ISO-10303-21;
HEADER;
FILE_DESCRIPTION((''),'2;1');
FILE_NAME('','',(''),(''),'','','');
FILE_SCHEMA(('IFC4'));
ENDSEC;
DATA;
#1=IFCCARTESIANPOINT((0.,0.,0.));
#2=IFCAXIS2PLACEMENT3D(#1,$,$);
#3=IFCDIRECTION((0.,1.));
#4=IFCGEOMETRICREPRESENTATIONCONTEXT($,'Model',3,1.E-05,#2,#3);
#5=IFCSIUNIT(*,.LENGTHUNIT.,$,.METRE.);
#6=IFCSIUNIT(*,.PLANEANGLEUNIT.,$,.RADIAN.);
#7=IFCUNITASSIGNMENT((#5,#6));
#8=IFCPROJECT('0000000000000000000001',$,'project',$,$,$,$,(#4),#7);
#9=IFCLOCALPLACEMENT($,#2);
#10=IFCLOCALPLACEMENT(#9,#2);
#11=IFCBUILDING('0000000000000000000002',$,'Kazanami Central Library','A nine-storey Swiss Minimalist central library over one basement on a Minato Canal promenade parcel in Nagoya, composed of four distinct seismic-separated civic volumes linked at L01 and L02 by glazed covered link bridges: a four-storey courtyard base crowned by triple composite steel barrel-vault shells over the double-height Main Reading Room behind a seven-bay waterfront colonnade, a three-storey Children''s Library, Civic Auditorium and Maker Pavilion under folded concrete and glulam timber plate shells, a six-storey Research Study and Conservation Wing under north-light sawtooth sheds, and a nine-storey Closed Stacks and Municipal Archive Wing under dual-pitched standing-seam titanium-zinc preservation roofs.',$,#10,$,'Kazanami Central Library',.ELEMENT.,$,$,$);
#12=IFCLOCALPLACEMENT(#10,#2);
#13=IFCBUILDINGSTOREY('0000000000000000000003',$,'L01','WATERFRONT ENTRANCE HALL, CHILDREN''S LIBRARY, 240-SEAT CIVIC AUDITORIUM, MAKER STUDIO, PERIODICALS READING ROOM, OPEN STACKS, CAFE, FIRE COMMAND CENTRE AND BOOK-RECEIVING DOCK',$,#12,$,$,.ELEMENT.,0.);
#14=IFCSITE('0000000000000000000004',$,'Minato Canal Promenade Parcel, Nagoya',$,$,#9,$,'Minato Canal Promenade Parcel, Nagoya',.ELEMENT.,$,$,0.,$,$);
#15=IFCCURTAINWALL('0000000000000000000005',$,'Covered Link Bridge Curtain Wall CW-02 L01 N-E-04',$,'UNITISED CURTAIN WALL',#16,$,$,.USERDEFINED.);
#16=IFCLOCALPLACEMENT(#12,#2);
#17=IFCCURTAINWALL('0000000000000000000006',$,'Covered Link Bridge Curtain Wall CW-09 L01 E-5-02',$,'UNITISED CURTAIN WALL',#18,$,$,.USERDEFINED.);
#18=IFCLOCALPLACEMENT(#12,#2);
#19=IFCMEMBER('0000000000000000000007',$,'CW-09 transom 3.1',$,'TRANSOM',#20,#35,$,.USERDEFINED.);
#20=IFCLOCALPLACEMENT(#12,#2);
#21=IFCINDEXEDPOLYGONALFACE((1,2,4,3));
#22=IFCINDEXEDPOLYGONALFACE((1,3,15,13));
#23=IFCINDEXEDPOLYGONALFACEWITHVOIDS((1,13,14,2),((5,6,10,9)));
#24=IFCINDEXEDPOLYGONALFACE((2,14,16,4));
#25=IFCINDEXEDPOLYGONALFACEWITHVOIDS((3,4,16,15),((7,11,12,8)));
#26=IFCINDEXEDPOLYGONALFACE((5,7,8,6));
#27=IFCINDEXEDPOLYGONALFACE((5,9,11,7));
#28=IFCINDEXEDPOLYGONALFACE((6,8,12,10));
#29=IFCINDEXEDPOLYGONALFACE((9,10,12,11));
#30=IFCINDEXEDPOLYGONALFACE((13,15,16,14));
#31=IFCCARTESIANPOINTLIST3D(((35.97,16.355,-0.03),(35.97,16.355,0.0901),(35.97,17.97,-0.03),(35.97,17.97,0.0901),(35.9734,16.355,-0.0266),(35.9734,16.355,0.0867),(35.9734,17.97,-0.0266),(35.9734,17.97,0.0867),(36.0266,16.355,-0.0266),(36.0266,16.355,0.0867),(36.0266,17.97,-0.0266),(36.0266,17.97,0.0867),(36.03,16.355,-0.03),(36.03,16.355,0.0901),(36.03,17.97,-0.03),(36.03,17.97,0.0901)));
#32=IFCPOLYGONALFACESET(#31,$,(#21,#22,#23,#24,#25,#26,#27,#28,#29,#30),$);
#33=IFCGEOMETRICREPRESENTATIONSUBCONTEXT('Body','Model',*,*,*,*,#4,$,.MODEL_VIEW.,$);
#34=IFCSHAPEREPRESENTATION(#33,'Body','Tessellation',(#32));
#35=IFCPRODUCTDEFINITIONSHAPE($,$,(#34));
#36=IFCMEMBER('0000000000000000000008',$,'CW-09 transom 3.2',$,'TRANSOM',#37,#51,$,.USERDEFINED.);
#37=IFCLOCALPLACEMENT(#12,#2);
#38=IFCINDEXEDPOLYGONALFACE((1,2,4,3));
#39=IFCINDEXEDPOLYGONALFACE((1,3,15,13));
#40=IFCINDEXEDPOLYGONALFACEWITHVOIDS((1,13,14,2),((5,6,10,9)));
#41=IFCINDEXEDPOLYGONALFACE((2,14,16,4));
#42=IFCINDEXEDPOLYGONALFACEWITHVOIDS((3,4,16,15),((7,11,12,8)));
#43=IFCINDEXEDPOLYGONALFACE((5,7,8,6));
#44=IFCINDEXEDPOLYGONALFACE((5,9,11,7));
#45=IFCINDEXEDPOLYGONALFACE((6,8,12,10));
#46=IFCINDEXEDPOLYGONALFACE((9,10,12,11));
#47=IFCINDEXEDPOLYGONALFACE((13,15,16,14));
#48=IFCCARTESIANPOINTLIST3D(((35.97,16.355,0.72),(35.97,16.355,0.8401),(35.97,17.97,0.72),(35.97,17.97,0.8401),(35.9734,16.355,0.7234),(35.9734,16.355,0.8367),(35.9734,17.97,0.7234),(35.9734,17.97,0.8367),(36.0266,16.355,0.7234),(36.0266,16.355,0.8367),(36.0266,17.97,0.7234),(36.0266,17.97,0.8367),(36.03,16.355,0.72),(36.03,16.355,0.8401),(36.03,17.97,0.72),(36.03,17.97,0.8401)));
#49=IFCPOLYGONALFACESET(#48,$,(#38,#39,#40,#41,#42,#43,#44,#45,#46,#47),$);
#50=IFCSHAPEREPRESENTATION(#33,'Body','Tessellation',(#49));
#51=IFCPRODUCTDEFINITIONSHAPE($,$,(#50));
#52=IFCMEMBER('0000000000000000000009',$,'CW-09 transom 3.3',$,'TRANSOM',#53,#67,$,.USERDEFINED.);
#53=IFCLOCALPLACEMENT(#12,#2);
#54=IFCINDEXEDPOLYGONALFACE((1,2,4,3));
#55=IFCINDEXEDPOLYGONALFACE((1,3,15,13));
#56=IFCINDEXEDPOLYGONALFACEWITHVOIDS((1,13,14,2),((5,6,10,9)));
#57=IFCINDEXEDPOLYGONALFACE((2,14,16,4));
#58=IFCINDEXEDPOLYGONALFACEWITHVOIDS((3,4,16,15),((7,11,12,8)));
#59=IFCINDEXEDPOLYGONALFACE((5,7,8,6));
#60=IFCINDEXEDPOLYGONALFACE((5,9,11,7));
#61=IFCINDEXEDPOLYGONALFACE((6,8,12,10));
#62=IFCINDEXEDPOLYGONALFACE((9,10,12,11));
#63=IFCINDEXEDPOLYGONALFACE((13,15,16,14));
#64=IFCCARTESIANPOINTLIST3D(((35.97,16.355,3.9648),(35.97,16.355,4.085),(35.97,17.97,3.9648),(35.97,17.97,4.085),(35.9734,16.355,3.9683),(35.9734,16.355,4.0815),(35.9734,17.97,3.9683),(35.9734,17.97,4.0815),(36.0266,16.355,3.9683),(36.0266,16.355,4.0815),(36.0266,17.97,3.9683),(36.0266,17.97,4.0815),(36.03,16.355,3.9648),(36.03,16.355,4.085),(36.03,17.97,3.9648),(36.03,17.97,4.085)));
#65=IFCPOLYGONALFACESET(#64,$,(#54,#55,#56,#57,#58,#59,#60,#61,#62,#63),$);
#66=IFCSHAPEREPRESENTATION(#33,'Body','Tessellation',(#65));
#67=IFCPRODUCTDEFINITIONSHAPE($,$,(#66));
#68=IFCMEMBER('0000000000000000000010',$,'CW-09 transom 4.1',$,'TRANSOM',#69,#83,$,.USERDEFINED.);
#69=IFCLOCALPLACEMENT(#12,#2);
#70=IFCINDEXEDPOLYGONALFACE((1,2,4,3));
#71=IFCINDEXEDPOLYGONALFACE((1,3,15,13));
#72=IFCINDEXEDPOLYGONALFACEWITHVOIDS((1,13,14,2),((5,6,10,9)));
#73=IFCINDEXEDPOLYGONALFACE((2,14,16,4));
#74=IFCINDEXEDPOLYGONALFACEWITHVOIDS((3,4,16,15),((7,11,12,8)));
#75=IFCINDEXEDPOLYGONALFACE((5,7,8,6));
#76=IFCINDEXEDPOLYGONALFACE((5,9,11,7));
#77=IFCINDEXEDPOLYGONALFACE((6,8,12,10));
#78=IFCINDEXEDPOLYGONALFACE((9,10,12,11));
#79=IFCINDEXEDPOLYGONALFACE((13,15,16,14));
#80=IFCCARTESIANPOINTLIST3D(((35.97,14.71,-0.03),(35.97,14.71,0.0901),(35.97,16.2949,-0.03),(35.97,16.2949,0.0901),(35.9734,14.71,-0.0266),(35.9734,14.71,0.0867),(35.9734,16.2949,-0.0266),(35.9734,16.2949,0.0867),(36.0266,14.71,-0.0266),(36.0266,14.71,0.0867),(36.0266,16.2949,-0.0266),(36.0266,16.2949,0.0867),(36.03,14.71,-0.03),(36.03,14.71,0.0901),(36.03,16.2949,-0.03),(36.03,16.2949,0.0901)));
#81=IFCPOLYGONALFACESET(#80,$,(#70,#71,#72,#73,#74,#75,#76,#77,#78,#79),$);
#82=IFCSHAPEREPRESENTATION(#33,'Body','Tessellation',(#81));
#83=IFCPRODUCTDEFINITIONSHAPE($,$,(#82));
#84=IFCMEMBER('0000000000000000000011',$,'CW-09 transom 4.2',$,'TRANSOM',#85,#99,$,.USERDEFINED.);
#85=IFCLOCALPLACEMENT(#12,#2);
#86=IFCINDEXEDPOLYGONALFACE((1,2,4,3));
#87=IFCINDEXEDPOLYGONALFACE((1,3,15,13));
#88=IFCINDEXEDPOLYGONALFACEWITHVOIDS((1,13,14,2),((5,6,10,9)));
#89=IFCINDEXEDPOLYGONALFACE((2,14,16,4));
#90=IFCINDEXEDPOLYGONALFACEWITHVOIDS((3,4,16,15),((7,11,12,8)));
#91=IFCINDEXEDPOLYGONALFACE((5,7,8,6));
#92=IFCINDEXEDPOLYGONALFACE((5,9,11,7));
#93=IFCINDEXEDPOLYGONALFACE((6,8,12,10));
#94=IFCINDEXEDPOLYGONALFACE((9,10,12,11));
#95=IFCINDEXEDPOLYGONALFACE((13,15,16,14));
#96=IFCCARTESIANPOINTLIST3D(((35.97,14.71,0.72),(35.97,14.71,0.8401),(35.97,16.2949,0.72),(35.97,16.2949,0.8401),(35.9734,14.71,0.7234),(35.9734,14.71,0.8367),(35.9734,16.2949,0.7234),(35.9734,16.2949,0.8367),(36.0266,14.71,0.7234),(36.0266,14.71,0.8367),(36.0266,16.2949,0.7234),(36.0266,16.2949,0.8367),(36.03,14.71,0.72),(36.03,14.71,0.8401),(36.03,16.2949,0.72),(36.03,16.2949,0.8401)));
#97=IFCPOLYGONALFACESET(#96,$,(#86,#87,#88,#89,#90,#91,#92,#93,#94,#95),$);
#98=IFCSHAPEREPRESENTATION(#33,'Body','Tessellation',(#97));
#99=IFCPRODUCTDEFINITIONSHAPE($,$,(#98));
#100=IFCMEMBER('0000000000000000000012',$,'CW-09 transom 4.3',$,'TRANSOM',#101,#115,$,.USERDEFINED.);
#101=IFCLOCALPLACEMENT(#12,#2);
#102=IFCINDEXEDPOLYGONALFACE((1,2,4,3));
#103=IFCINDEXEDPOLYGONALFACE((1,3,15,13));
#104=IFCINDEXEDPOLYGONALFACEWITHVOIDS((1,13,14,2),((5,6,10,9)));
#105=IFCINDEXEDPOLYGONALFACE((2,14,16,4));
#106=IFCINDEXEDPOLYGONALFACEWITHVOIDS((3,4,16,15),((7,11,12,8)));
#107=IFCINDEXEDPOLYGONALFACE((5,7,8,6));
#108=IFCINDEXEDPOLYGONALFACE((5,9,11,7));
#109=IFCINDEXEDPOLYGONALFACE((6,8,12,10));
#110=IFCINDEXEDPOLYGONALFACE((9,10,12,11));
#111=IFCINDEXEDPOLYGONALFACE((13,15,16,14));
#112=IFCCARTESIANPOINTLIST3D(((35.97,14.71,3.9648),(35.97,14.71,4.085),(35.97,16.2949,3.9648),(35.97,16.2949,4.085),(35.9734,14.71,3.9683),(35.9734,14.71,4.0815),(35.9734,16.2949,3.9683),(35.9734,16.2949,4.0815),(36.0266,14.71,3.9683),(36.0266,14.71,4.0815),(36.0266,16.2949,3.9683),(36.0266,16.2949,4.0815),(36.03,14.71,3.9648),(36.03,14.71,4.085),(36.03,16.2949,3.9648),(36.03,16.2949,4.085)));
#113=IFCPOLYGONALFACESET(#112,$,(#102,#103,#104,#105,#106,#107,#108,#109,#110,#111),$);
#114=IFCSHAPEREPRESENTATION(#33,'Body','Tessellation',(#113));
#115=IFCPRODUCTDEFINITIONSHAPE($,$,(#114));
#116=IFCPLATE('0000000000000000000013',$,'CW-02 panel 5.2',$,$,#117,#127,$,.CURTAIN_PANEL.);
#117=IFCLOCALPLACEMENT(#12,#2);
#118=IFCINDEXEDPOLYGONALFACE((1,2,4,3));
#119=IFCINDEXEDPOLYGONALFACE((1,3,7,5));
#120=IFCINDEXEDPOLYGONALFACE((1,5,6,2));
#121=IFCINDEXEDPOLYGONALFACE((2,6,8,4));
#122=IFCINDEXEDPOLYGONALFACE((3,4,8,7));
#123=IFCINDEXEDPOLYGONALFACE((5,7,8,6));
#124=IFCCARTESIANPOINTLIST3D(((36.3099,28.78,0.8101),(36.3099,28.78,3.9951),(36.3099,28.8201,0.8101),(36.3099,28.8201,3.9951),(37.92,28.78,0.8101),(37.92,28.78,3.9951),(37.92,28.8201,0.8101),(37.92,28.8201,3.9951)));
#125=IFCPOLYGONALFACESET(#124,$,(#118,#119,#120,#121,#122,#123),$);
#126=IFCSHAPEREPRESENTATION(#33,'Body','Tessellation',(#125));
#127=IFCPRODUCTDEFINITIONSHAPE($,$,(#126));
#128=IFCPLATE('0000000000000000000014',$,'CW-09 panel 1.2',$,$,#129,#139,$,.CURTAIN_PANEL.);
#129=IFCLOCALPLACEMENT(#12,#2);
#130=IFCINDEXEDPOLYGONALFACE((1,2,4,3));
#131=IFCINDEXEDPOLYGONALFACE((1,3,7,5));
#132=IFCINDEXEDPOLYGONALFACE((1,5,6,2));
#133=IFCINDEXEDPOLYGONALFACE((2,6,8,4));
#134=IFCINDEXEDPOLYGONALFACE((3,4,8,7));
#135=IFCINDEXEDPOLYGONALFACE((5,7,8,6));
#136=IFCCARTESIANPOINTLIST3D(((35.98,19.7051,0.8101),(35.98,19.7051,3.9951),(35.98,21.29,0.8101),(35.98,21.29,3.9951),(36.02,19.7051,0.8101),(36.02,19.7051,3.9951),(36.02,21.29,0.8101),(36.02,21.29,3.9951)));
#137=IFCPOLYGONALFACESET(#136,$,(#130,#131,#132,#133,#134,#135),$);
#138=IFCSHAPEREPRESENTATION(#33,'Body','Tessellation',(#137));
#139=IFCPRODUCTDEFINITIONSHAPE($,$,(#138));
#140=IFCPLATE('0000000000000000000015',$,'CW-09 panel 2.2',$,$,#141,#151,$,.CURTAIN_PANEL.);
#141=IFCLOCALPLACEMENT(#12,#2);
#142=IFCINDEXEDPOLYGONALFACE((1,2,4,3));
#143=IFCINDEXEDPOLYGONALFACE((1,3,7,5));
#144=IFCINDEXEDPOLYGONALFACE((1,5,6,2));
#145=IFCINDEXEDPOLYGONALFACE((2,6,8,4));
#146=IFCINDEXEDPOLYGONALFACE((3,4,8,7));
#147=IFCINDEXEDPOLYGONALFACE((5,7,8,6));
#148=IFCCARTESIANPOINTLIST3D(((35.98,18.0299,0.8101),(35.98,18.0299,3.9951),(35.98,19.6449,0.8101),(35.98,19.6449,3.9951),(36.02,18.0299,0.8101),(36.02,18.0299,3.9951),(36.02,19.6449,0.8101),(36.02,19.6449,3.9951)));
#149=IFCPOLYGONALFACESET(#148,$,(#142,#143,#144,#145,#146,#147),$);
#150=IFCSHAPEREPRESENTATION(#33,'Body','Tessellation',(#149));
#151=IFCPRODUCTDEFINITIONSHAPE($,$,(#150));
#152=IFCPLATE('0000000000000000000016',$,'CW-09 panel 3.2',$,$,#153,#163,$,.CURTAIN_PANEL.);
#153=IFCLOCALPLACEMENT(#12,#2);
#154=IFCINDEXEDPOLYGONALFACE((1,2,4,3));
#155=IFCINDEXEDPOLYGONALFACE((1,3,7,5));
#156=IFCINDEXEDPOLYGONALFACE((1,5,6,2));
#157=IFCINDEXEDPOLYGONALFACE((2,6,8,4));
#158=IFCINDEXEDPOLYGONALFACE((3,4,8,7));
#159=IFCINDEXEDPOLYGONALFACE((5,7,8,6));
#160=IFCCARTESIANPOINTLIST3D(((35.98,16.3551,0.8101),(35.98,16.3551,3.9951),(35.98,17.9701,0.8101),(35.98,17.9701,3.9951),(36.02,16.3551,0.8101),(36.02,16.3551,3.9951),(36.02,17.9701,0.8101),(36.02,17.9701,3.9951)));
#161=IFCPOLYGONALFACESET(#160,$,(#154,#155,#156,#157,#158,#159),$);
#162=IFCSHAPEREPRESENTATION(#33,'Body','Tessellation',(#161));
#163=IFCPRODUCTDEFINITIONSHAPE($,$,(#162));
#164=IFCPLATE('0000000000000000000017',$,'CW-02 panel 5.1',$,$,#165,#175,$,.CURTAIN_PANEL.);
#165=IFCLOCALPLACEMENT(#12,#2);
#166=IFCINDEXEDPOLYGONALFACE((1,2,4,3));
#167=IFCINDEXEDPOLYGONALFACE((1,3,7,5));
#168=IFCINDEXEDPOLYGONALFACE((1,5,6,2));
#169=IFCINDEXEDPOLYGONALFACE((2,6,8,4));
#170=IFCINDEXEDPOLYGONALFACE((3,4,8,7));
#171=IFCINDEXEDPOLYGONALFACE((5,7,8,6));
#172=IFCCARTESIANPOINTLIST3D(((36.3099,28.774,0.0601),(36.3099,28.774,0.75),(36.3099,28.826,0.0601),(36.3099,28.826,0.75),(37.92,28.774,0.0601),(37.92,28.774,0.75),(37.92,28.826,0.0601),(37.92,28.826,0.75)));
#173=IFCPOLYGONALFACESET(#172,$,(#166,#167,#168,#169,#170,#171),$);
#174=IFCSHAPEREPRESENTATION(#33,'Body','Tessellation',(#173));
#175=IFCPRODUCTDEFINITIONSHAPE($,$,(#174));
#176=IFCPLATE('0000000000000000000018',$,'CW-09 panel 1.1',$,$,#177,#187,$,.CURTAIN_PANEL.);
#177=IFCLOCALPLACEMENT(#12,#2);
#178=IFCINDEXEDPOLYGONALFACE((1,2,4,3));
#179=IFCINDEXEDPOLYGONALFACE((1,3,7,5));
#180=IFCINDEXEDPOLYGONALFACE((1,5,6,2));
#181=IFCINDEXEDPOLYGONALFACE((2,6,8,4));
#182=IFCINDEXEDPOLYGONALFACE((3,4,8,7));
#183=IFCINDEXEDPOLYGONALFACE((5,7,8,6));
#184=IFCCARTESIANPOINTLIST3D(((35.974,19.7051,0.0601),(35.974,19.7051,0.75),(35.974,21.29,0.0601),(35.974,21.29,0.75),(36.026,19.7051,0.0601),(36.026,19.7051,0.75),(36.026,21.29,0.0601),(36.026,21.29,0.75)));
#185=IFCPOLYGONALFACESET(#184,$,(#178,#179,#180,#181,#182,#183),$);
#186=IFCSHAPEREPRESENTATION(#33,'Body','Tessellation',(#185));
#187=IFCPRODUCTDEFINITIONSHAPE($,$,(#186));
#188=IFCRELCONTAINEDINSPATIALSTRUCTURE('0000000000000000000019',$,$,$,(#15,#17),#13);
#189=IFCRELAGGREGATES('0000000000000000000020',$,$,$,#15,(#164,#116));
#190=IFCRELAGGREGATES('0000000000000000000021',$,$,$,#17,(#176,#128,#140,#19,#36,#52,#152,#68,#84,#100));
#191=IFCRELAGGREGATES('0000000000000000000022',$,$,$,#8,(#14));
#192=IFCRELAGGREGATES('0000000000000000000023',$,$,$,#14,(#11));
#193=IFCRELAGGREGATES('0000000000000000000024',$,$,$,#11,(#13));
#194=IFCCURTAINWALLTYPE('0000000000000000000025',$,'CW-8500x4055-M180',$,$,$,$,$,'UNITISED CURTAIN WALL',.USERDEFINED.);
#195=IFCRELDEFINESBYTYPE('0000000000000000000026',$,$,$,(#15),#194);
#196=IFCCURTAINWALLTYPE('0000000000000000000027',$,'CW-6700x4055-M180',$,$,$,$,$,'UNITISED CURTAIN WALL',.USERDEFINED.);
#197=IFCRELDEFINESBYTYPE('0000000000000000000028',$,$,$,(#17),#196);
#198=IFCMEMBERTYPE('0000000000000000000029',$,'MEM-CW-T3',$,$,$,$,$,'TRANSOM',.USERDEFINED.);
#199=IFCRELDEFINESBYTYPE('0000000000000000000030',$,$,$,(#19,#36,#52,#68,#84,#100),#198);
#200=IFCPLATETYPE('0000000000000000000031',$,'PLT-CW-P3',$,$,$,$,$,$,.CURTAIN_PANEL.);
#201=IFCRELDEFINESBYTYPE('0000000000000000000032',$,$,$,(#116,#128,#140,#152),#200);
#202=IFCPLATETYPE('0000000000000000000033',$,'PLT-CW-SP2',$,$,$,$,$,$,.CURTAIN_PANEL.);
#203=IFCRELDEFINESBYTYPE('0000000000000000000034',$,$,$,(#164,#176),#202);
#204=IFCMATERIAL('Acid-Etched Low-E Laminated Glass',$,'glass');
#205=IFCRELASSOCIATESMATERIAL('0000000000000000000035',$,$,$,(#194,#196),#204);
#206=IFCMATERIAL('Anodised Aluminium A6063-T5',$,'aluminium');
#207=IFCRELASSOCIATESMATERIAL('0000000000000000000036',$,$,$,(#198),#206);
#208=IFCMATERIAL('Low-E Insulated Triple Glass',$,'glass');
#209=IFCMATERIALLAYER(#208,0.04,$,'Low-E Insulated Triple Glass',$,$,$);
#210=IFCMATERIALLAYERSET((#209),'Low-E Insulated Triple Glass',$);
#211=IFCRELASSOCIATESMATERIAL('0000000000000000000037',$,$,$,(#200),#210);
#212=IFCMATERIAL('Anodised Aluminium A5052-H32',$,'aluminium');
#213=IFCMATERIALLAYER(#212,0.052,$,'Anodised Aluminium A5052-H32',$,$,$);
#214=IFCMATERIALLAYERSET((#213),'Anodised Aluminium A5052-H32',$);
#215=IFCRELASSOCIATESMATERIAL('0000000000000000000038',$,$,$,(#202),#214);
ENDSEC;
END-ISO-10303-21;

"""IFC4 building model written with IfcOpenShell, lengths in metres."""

from ifc_helpers import new_model, si_unit, direction, frame, origin, origin_2d, place, context, subcontext, project, spatial, rectangle, hollow_rectangle, extrude, material, layer, layer_set, material_profile, profile_set, type_object, element, aggregate, save


model = new_model("IFC4")

# Units and contexts
model_context = context("Model", 3, precision=1e-05, world=origin(), true_north=direction((0.0, 1.0)))
body_context = subcontext(model_context, "Body", "Model", "MODEL_VIEW")
ifc_project = project(units=[si_unit("LENGTHUNIT", "METRE"), si_unit("PLANEANGLEUNIT", "RADIAN")], contexts=[model_context])

# Site, building, storey
site_placement = place(None, origin())
site = spatial("IfcSite", under=ifc_project, at=site_placement, Name="Minato Canal Promenade Parcel, Nagoya", LongName="Minato Canal Promenade Parcel, Nagoya", CompositionType="ELEMENT", RefElevation=0.0)
building_placement = place(site_placement, origin())
building = spatial("IfcBuilding", under=site, at=building_placement, Name="Kazanami Central Library", Description="A nine-storey Swiss Minimalist central library over one basement on a Minato Canal promenade parcel in Nagoya, composed of four distinct seismic-separated civic volumes linked at L01 and L02 by glazed covered link bridges: a four-storey courtyard base crowned by triple composite steel barrel-vault shells over the double-height Main Reading Room behind a seven-bay waterfront colonnade, a three-storey Children's Library, Civic Auditorium and Maker Pavilion under folded concrete and glulam timber plate shells, a six-storey Research Study and Conservation Wing under north-light sawtooth sheds, and a nine-storey Closed Stacks and Municipal Archive Wing under dual-pitched standing-seam titanium-zinc preservation roofs.", LongName="Kazanami Central Library", CompositionType="ELEMENT")
storey_placement = place(building_placement, origin())
storey = spatial("IfcBuildingStorey", under=building, at=storey_placement, Name="L01", Description="WATERFRONT ENTRANCE HALL, CHILDREN'S LIBRARY, 240-SEAT CIVIC AUDITORIUM, MAKER STUDIO, PERIODICALS READING ROOM, OPEN STACKS, CAFE, FIRE COMMAND CENTRE AND BOOK-RECEIVING DOCK", CompositionType="ELEMENT", Elevation=0.0)

# Curtain wall
ifc_material_1 = material(Name="Acid-Etched Low-E Laminated Glass", Category="glass")
curtain_wall_type_1 = type_object("IfcCurtainWallType", Name="CW-8500x4055-M180", ElementType="UNITISED CURTAIN WALL", PredefinedType="USERDEFINED", material=ifc_material_1)
curtain_wall_1_placement = place(storey_placement, origin())
curtain_wall_1 = element("IfcCurtainWall", 1, at=curtain_wall_1_placement, inside=storey, type_object=curtain_wall_type_1, Name="Covered Link Bridge Curtain Wall CW-02 L01 N-E-04", ObjectType="UNITISED CURTAIN WALL", PredefinedType="USERDEFINED")
ifc_material_2 = material(Name="Anodised Aluminium A6063-T5", Category="aluminium")

# Curtain wall
curtain_wall_type_2 = type_object("IfcCurtainWallType", Name="CW-6700x4055-M180", ElementType="UNITISED CURTAIN WALL", PredefinedType="USERDEFINED", material=ifc_material_1)
curtain_wall_2_placement = place(storey_placement, origin())
curtain_wall_2 = element("IfcCurtainWall", 2, at=curtain_wall_2_placement, inside=storey, type_object=curtain_wall_type_2, Name="Covered Link Bridge Curtain Wall CW-09 L01 E-5-02", ObjectType="UNITISED CURTAIN WALL", PredefinedType="USERDEFINED")

# Members
ifc_material_profile_1 = material_profile(ifc_material_2, hollow_rectangle(XDim=0.0601, YDim=0.1201, WallThickness=0.0034, at=origin_2d()), Name="ALU-TRAN-60x120x3.5")
ifc_profile_set_1 = profile_set([ifc_material_profile_1], Name="Anodised Aluminium A6063-T5")
member_type_1 = type_object("IfcMemberType", Name="MEM-CW-T3", ElementType="TRANSOM", PredefinedType="USERDEFINED", material=ifc_profile_set_1)
member_1_placement = place(storey_placement, frame((36.0, 17.97, 0.03), z_axis=(0.0, -1.0, 0.0), x_axis=(1.0, 0.0, 0.0)))
member_1 = element("IfcMember", 3, at=member_1_placement, type_object=member_type_1, Name="CW-09 transom 3.1", ObjectType="TRANSOM", PredefinedType="USERDEFINED", context=body_context, shape_type="SweptSolid", body=[
    extrude(hollow_rectangle(XDim=0.0601, YDim=0.1201, WallThickness=0.0034, at=origin_2d()), origin(), (0.0, 0.0, 1.0), 1.615),
])
member_2_placement = place(storey_placement, frame((36.0, 17.97, 0.78), z_axis=(0.0, -1.0, 0.0), x_axis=(1.0, 0.0, 0.0)))
member_2 = element("IfcMember", 4, at=member_2_placement, type_object=member_type_1, Name="CW-09 transom 3.2", ObjectType="TRANSOM", PredefinedType="USERDEFINED", context=body_context, shape_type="SweptSolid", body=[
    extrude(hollow_rectangle(XDim=0.0601, YDim=0.1201, WallThickness=0.0034, at=origin_2d()), origin(), (0.0, 0.0, 1.0), 1.615),
])
member_3_placement = place(storey_placement, frame((36.0, 17.97, 4.0249), z_axis=(0.0, -1.0, 0.0), x_axis=(1.0, 0.0, 0.0)))
member_3 = element("IfcMember", 5, at=member_3_placement, type_object=member_type_1, Name="CW-09 transom 3.3", ObjectType="TRANSOM", PredefinedType="USERDEFINED", context=body_context, shape_type="SweptSolid", body=[
    extrude(hollow_rectangle(XDim=0.0601, YDim=0.1201, WallThickness=0.0034, at=origin_2d()), origin(), (0.0, 0.0, 1.0), 1.615),
])
member_4_placement = place(storey_placement, frame((36.0, 16.2949, 0.03), z_axis=(0.0, -1.0, 0.0), x_axis=(1.0, 0.0, 0.0)))
member_4 = element("IfcMember", 6, at=member_4_placement, type_object=member_type_1, Name="CW-09 transom 4.1", ObjectType="TRANSOM", PredefinedType="USERDEFINED", context=body_context, shape_type="SweptSolid", body=[
    extrude(hollow_rectangle(XDim=0.0601, YDim=0.1201, WallThickness=0.0034, at=origin_2d()), origin(), (0.0, 0.0, 1.0), 1.585),
])
member_5_placement = place(storey_placement, frame((36.0, 16.2949, 0.78), z_axis=(0.0, -1.0, 0.0), x_axis=(1.0, 0.0, 0.0)))
member_5 = element("IfcMember", 7, at=member_5_placement, type_object=member_type_1, Name="CW-09 transom 4.2", ObjectType="TRANSOM", PredefinedType="USERDEFINED", context=body_context, shape_type="SweptSolid", body=[
    extrude(hollow_rectangle(XDim=0.0601, YDim=0.1201, WallThickness=0.0034, at=origin_2d()), origin(), (0.0, 0.0, 1.0), 1.585),
])
member_6_placement = place(storey_placement, frame((36.0, 16.2949, 4.0249), z_axis=(0.0, -1.0, 0.0), x_axis=(1.0, 0.0, 0.0)))
member_6 = element("IfcMember", 8, at=member_6_placement, type_object=member_type_1, Name="CW-09 transom 4.3", ObjectType="TRANSOM", PredefinedType="USERDEFINED", context=body_context, shape_type="SweptSolid", body=[
    extrude(hollow_rectangle(XDim=0.0601, YDim=0.1201, WallThickness=0.0034, at=origin_2d()), origin(), (0.0, 0.0, 1.0), 1.585),
])

# Plates
ifc_material_3 = material(Name="Low-E Insulated Triple Glass", Category="glass")
ifc_layer_1 = layer(ifc_material_3, 0.04, Name="Low-E Insulated Triple Glass")
ifc_layer_set_1 = layer_set([ifc_layer_1], Name="Low-E Insulated Triple Glass")
plate_type_1 = type_object("IfcPlateType", Name="PLT-CW-P3", PredefinedType="CURTAIN_PANEL", material=ifc_layer_set_1)
plate_1_placement = place(storey_placement, frame((37.115, 28.8, 0.8101), z_axis=(0.0, 0.0, 1.0), x_axis=(-1.0, 0.0, 0.0)))
plate_1 = element("IfcPlate", 9, at=plate_1_placement, type_object=plate_type_1, Name="CW-02 panel 5.2", PredefinedType="CURTAIN_PANEL", context=body_context, shape_type="SweptSolid", body=[
    extrude(rectangle(XDim=1.6101, YDim=0.04, at=origin_2d()), origin(), (0.0, 0.0, 1.0), 3.1851),
])
plate_2_placement = place(storey_placement, frame((36.0, 20.4976, 0.8101), z_axis=(0.0, 0.0, 1.0), x_axis=(0.0, -1.0, 0.0)))
plate_2 = element("IfcPlate", 10, at=plate_2_placement, type_object=plate_type_1, Name="CW-09 panel 1.2", PredefinedType="CURTAIN_PANEL", context=body_context, shape_type="SweptSolid", body=[
    extrude(rectangle(XDim=1.585, YDim=0.04, at=origin_2d()), origin(), (0.0, 0.0, 1.0), 3.1851),
])
plate_3_placement = place(storey_placement, frame((36.0, 18.8374, 0.8101), z_axis=(0.0, 0.0, 1.0), x_axis=(0.0, -1.0, 0.0)))
plate_3 = element("IfcPlate", 11, at=plate_3_placement, type_object=plate_type_1, Name="CW-09 panel 2.2", PredefinedType="CURTAIN_PANEL", context=body_context, shape_type="SweptSolid", body=[
    extrude(rectangle(XDim=1.615, YDim=0.04, at=origin_2d()), origin(), (0.0, 0.0, 1.0), 3.1851),
])
plate_4_placement = place(storey_placement, frame((36.0, 17.1626, 0.8101), z_axis=(0.0, 0.0, 1.0), x_axis=(0.0, -1.0, 0.0)))
plate_4 = element("IfcPlate", 12, at=plate_4_placement, type_object=plate_type_1, Name="CW-09 panel 3.2", PredefinedType="CURTAIN_PANEL", context=body_context, shape_type="SweptSolid", body=[
    extrude(rectangle(XDim=1.615, YDim=0.04, at=origin_2d()), origin(), (0.0, 0.0, 1.0), 3.1851),
])
ifc_material_4 = material(Name="Anodised Aluminium A5052-H32", Category="aluminium")
ifc_layer_2 = layer(ifc_material_4, 0.052, Name="Anodised Aluminium A5052-H32")
ifc_layer_set_2 = layer_set([ifc_layer_2], Name="Anodised Aluminium A5052-H32")
plate_type_2 = type_object("IfcPlateType", Name="PLT-CW-SP2", PredefinedType="CURTAIN_PANEL", material=ifc_layer_set_2)
plate_5_placement = place(storey_placement, frame((37.115, 28.8, 0.0601), z_axis=(0.0, 0.0, 1.0), x_axis=(-1.0, 0.0, 0.0)))
plate_5 = element("IfcPlate", 13, at=plate_5_placement, type_object=plate_type_2, Name="CW-02 panel 5.1", PredefinedType="CURTAIN_PANEL", context=body_context, shape_type="SweptSolid", body=[
    extrude(rectangle(XDim=1.6101, YDim=0.052, at=origin_2d()), origin(), (0.0, 0.0, 1.0), 0.6899),
])
aggregate(curtain_wall_1, [plate_5, plate_1])
plate_6_placement = place(storey_placement, frame((36.0, 20.4976, 0.0601), z_axis=(0.0, 0.0, 1.0), x_axis=(0.0, -1.0, 0.0)))
plate_6 = element("IfcPlate", 14, at=plate_6_placement, type_object=plate_type_2, Name="CW-09 panel 1.1", PredefinedType="CURTAIN_PANEL", context=body_context, shape_type="SweptSolid", body=[
    extrude(rectangle(XDim=1.585, YDim=0.052, at=origin_2d()), origin(), (0.0, 0.0, 1.0), 0.6899),
])
aggregate(curtain_wall_2, [plate_6, plate_2, plate_3, member_1, member_2, member_3, plate_4, member_4, member_5, member_6])

save(model, "model.ifc")
